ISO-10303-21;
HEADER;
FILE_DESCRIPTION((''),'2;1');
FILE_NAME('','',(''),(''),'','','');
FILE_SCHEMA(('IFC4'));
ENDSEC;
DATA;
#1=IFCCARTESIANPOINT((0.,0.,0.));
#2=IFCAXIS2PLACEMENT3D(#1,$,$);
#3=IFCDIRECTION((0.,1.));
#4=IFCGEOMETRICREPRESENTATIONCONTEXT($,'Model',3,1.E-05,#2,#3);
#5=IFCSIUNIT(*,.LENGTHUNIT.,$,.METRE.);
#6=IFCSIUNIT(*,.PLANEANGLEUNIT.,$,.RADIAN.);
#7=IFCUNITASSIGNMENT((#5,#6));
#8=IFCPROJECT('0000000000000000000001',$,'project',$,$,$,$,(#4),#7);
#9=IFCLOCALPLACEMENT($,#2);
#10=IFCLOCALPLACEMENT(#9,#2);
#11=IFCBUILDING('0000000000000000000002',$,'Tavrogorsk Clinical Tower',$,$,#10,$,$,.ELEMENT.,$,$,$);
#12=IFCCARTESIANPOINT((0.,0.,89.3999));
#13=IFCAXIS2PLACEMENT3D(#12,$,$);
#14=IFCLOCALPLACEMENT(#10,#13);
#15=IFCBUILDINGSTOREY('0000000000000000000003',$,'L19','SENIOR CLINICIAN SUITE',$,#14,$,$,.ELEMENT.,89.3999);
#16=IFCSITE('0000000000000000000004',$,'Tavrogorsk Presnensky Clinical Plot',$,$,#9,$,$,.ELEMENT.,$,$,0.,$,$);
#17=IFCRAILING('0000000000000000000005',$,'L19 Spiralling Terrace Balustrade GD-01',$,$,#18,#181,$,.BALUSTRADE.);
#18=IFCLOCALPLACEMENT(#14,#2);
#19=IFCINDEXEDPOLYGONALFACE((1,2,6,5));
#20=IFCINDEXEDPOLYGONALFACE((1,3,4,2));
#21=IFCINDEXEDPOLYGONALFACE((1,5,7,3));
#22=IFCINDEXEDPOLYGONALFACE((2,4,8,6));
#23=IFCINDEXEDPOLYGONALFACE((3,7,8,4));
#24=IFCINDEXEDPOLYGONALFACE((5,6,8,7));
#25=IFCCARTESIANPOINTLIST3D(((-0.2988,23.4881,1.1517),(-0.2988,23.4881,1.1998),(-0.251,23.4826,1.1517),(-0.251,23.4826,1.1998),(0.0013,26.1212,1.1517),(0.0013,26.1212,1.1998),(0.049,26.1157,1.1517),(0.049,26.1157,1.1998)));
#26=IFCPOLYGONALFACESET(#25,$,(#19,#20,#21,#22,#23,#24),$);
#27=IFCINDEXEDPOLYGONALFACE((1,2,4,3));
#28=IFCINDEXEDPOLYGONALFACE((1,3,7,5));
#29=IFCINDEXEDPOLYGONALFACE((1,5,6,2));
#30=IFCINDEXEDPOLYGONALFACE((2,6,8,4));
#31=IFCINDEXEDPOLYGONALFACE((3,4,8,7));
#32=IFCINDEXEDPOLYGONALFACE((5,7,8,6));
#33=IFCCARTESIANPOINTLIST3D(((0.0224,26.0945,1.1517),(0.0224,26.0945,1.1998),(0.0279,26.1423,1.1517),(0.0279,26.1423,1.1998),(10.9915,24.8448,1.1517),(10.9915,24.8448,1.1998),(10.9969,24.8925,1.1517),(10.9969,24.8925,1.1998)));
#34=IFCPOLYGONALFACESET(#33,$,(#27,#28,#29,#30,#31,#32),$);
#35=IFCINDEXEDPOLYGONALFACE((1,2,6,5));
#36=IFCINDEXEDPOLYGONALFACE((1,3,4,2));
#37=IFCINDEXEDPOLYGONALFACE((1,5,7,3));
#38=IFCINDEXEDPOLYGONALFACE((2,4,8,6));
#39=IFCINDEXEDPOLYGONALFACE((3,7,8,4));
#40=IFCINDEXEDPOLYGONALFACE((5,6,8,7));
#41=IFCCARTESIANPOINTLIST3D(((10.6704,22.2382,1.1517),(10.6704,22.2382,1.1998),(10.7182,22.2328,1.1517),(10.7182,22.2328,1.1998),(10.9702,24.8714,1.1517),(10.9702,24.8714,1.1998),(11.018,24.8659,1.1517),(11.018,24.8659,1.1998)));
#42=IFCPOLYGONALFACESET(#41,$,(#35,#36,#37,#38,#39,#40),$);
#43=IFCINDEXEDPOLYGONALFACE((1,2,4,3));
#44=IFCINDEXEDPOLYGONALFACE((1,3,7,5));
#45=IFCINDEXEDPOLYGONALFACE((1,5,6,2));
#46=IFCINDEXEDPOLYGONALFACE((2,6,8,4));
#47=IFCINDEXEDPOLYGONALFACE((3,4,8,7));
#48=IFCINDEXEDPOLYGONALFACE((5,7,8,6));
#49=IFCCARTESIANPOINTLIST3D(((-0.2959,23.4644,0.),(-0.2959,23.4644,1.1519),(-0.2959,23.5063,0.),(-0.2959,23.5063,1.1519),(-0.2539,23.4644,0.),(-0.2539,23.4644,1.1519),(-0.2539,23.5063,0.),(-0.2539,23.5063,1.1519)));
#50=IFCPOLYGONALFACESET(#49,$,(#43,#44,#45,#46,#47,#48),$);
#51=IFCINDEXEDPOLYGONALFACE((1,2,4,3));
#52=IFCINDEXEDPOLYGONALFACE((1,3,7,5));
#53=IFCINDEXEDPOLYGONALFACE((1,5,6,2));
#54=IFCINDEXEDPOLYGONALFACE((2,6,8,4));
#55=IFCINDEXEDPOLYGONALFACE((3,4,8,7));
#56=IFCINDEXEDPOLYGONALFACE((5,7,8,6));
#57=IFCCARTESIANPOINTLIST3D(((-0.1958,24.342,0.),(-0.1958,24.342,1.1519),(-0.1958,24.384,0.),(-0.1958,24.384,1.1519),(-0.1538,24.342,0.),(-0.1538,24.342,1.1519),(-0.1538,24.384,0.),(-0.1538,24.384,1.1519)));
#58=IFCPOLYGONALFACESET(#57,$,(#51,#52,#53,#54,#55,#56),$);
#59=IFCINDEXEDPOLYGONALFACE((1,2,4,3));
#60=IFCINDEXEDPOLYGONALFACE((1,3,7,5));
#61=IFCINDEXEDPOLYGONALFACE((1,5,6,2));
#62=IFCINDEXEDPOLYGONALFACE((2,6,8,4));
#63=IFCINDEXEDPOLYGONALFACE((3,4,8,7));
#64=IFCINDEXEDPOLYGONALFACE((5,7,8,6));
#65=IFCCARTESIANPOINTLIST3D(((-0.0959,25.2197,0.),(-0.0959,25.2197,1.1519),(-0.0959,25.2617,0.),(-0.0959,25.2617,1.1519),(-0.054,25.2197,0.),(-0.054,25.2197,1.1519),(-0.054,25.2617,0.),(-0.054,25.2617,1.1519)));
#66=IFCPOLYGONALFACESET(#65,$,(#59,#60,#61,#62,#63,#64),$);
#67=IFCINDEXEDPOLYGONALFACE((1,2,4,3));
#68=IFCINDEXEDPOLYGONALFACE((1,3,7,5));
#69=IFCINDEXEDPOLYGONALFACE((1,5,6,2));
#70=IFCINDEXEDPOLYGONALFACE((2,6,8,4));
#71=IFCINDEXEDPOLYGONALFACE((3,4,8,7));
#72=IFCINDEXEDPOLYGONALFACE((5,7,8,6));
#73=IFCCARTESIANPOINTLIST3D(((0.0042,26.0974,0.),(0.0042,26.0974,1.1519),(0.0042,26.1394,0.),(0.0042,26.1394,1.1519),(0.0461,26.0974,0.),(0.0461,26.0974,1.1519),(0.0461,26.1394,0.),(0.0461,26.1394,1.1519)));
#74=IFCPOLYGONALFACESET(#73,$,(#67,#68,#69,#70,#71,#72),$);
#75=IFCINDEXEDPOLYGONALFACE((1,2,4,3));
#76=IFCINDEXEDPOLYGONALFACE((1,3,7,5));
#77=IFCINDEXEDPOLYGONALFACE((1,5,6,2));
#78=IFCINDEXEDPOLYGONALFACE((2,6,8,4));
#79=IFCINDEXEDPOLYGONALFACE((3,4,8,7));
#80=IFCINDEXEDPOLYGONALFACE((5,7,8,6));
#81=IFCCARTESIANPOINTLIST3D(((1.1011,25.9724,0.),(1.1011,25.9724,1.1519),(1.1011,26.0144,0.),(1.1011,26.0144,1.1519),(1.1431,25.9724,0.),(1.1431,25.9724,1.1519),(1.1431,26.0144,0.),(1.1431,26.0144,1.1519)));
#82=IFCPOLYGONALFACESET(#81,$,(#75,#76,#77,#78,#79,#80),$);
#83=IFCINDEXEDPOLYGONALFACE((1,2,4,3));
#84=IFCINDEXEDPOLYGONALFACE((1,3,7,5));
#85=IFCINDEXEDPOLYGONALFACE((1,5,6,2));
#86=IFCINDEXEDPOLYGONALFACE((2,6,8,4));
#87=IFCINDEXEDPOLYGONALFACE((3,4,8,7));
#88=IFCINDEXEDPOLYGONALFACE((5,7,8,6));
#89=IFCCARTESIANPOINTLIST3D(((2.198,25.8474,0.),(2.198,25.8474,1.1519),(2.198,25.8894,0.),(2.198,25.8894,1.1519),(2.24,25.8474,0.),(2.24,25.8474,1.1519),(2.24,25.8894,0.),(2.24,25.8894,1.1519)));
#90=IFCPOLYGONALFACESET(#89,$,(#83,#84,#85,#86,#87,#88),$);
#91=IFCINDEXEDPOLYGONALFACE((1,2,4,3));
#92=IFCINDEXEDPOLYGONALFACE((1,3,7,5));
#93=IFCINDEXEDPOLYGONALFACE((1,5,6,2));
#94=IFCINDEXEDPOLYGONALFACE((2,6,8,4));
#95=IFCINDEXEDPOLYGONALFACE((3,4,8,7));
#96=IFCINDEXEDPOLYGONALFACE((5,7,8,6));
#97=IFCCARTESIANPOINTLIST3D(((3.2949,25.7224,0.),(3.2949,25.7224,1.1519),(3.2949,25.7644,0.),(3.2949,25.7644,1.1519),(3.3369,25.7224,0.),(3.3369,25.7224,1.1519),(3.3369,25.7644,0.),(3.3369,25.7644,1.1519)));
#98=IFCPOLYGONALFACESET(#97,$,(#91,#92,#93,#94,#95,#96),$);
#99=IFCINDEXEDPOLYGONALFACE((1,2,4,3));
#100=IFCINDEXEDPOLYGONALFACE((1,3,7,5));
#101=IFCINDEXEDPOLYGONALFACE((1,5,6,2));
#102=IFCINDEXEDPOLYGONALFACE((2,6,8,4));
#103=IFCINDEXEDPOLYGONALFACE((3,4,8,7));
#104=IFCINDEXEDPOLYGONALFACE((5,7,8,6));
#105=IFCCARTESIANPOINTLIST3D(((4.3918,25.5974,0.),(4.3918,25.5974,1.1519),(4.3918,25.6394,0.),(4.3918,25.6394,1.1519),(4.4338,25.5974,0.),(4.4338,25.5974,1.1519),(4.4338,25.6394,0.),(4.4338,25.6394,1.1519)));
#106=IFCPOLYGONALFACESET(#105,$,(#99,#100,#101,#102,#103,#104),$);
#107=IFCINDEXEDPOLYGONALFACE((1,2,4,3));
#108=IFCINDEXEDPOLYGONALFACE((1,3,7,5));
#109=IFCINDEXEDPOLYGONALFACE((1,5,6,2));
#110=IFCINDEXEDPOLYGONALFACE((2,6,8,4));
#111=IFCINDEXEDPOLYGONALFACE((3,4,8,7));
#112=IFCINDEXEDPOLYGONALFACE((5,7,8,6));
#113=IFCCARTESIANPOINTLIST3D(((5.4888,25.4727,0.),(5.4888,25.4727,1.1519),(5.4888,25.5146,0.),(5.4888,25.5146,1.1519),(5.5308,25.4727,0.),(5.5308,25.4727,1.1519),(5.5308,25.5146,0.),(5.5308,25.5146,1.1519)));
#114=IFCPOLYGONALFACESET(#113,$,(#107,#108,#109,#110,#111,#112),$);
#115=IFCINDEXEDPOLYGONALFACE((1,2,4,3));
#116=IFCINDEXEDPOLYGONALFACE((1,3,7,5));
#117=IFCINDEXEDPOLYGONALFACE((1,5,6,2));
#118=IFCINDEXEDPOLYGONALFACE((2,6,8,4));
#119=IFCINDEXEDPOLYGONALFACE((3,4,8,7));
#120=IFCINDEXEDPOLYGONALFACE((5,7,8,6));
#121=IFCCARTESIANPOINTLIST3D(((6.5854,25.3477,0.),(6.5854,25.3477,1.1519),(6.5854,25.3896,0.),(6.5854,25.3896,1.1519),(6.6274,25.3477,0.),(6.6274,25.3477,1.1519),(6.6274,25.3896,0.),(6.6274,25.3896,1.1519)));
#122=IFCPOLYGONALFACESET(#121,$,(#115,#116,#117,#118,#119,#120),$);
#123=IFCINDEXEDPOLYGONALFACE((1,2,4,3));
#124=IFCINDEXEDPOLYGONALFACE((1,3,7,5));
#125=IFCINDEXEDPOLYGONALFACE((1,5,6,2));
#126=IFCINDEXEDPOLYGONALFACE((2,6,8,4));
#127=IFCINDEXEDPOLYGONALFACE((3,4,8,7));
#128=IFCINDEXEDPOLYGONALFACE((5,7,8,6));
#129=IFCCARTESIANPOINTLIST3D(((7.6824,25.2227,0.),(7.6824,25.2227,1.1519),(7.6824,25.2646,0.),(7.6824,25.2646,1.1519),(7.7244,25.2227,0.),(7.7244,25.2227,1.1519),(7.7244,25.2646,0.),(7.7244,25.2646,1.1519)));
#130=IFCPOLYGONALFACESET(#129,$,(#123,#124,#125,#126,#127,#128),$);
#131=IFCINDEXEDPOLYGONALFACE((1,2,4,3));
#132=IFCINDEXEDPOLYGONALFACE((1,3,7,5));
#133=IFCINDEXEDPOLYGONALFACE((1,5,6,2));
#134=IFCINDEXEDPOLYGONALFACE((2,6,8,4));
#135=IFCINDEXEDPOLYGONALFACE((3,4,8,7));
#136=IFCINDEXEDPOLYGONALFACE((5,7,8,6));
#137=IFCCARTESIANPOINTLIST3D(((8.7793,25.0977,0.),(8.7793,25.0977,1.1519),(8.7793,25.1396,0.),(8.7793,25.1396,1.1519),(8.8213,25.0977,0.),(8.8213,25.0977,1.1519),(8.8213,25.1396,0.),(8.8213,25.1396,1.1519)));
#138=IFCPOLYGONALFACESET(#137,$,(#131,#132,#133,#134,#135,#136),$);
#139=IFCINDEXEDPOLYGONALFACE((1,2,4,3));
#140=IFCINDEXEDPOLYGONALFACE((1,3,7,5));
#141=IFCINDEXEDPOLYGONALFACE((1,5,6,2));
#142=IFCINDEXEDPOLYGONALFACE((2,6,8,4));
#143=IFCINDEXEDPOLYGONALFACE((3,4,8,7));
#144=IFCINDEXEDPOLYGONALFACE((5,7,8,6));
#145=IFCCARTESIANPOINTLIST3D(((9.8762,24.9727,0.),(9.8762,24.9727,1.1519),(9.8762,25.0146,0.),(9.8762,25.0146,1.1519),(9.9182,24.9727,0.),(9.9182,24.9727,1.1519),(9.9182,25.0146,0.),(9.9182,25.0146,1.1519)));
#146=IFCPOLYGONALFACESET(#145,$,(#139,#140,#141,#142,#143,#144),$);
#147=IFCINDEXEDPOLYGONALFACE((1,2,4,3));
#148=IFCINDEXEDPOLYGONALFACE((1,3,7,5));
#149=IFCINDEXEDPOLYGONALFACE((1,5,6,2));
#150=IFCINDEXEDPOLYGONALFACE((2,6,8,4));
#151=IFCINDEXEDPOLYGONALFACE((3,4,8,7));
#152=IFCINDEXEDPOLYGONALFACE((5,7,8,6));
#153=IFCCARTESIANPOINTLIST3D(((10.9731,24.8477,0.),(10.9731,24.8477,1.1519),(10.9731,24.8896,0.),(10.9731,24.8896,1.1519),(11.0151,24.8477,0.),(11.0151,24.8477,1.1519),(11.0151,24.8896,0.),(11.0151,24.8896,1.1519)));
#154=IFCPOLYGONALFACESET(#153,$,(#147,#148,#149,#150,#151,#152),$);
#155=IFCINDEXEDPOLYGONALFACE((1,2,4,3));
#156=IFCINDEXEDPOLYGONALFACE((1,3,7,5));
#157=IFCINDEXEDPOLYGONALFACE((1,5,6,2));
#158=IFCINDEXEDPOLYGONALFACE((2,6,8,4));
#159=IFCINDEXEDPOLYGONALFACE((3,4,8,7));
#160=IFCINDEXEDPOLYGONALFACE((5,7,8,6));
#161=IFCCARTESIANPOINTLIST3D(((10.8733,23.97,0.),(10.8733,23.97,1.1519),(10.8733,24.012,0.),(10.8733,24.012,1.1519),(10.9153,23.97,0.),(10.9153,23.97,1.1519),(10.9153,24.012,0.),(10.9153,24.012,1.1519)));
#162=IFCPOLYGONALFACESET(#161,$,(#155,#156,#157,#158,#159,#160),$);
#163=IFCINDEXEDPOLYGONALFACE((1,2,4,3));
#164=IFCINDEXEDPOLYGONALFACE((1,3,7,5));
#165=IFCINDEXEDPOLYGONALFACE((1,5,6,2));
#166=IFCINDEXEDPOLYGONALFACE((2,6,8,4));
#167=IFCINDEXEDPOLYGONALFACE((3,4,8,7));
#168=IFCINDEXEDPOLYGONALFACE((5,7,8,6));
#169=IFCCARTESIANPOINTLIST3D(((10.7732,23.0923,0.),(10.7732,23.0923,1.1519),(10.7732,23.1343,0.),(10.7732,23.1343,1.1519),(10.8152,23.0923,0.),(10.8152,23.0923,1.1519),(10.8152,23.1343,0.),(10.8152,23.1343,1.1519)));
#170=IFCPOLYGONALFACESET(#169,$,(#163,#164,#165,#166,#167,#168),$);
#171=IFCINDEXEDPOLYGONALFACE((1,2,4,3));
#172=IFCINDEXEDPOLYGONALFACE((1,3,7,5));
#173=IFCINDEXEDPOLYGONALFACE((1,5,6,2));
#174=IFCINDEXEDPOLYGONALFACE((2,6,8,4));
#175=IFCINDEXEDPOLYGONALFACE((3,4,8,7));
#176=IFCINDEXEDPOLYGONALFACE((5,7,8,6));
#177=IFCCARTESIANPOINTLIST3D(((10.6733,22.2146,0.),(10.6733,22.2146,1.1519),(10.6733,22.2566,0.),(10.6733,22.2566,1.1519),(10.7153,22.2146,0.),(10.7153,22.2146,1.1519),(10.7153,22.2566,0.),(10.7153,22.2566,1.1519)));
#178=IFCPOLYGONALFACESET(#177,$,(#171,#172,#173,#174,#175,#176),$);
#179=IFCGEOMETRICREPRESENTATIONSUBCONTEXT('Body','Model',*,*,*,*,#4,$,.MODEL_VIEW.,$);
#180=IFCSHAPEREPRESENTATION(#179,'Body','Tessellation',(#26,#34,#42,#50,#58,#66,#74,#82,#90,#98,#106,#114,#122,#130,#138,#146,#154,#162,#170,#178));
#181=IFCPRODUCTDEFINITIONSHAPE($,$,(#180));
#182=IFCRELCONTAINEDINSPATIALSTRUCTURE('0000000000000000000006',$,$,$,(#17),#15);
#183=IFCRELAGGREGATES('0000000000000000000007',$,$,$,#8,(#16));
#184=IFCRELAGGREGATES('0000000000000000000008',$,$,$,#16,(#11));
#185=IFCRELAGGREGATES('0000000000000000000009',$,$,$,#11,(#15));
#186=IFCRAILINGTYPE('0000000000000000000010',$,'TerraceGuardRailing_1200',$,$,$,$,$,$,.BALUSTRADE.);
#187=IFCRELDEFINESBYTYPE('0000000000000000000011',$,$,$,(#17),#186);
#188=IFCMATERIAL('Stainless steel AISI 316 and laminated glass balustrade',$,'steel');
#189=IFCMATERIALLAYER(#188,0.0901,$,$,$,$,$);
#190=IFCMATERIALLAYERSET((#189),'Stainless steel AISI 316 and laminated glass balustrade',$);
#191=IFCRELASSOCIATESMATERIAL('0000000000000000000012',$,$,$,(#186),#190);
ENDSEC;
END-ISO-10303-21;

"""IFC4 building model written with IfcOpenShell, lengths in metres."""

from ifc_helpers import new_model, si_unit, direction, frame, origin, origin_2d, place, context, subcontext, project, spatial, rectangle, extrude, material, layer, layer_set, type_object, element, save


model = new_model("IFC4")

# Units and contexts
model_context = context("Model", 3, precision=1e-05, world=origin(), true_north=direction((0.0, 1.0)))
body_context = subcontext(model_context, "Body", "Model", "MODEL_VIEW")
ifc_project = project(units=[si_unit("LENGTHUNIT", "METRE"), si_unit("PLANEANGLEUNIT", "RADIAN")], contexts=[model_context])

# Site, building, storey
site_placement = place(None, origin())
site = spatial("IfcSite", under=ifc_project, at=site_placement, Name="Tavrogorsk Presnensky Clinical Plot", CompositionType="ELEMENT", RefElevation=0.0)
building_placement = place(site_placement, origin())
building = spatial("IfcBuilding", under=site, at=building_placement, Name="Tavrogorsk Clinical Tower", CompositionType="ELEMENT")
storey_placement = place(building_placement, frame((0.0, 0.0, 89.3999)))
storey = spatial("IfcBuildingStorey", under=building, at=storey_placement, Name="L19", Description="SENIOR CLINICIAN SUITE", CompositionType="ELEMENT", Elevation=89.3999)

# Railing
ifc_material_1 = material(Name="Stainless steel AISI 316 and laminated glass balustrade", Category="steel")
ifc_layer_1 = layer(ifc_material_1, 0.0901)
ifc_layer_set_1 = layer_set([ifc_layer_1], Name="Stainless steel AISI 316 and laminated glass balustrade")
railing_type = type_object("IfcRailingType", Name="TerraceGuardRailing_1200", PredefinedType="BALUSTRADE", material=ifc_layer_set_1)
railing_placement = place(storey_placement, frame((-0.2749, 23.4854, 0.0)))
element("IfcRailing", 1, at=railing_placement, inside=storey, type_object=railing_type, Name="L19 Spiralling Terrace Balustrade GD-01", PredefinedType="BALUSTRADE", context=body_context, shape_type="SweptSolid", body=[
    extrude(rectangle(XDim=0.0481, YDim=0.0481, at=origin_2d()), frame((0.0, 0.0, 1.1758), z_axis=(0.113222, 0.99357, 0.0), x_axis=(-0.99357, 0.113222, 0.0)), (0.0, 0.0, 1.0), 2.6501),
    extrude(rectangle(XDim=0.0481, YDim=0.0481, at=origin_2d()), frame((0.3, 2.6331, 1.1758), z_axis=(0.993572, -0.113203, 0.0), x_axis=(0.113203, 0.993572, 0.0)), (0.0, 0.0, 1.0), 11.04),
    extrude(rectangle(XDim=0.0481, YDim=0.0481, at=origin_2d()), frame((11.269, 1.3833, 1.1758), z_axis=(-0.113131, -0.99358, 0.0), x_axis=(0.99358, -0.113131, 0.0)), (0.0, 0.0, 1.0), 2.6501),
    extrude(rectangle(XDim=0.042, YDim=0.042, at=origin_2d()), origin(), (0.0, 0.0, 1.0), 1.1519),
    extrude(rectangle(XDim=0.042, YDim=0.042, at=origin_2d()), frame((0.1001, 0.8777, 0.0)), (0.0, 0.0, 1.0), 1.1519),
    extrude(rectangle(XDim=0.042, YDim=0.042, at=origin_2d()), frame((0.2, 1.7554, 0.0)), (0.0, 0.0, 1.0), 1.1519),
    extrude(rectangle(XDim=0.042, YDim=0.042, at=origin_2d()), frame((0.3, 2.6331, 0.0)), (0.0, 0.0, 1.0), 1.1519),
    extrude(rectangle(XDim=0.042, YDim=0.042, at=origin_2d()), frame((1.397, 2.5081, 0.0)), (0.0, 0.0, 1.0), 1.1519),
    extrude(rectangle(XDim=0.042, YDim=0.042, at=origin_2d()), frame((2.4939, 2.3831, 0.0)), (0.0, 0.0, 1.0), 1.1519),
    extrude(rectangle(XDim=0.042, YDim=0.042, at=origin_2d()), frame((3.5908, 2.2581, 0.0)), (0.0, 0.0, 1.0), 1.1519),
    extrude(rectangle(XDim=0.042, YDim=0.042, at=origin_2d()), frame((4.6877, 2.1331, 0.0)), (0.0, 0.0, 1.0), 1.1519),
    extrude(rectangle(XDim=0.042, YDim=0.042, at=origin_2d()), frame((5.7847, 2.0083, 0.0)), (0.0, 0.0, 1.0), 1.1519),
    extrude(rectangle(XDim=0.042, YDim=0.042, at=origin_2d()), frame((6.8813, 1.8833, 0.0)), (0.0, 0.0, 1.0), 1.1519),
    extrude(rectangle(XDim=0.042, YDim=0.042, at=origin_2d()), frame((7.9783, 1.7583, 0.0)), (0.0, 0.0, 1.0), 1.1519),
    extrude(rectangle(XDim=0.042, YDim=0.042, at=origin_2d()), frame((9.0752, 1.6333, 0.0)), (0.0, 0.0, 1.0), 1.1519),
    extrude(rectangle(XDim=0.042, YDim=0.042, at=origin_2d()), frame((10.1721, 1.5083, 0.0)), (0.0, 0.0, 1.0), 1.1519),
    extrude(rectangle(XDim=0.042, YDim=0.042, at=origin_2d()), frame((11.269, 1.3833, 0.0)), (0.0, 0.0, 1.0), 1.1519),
    extrude(rectangle(XDim=0.042, YDim=0.042, at=origin_2d()), frame((11.1692, 0.5056, 0.0)), (0.0, 0.0, 1.0), 1.1519),
    extrude(rectangle(XDim=0.042, YDim=0.042, at=origin_2d()), frame((11.0691, -0.3721, 0.0)), (0.0, 0.0, 1.0), 1.1519),
    extrude(rectangle(XDim=0.042, YDim=0.042, at=origin_2d()), frame((10.9692, -1.2498, 0.0)), (0.0, 0.0, 1.0), 1.1519),
])

save(model, "model.ifc")
